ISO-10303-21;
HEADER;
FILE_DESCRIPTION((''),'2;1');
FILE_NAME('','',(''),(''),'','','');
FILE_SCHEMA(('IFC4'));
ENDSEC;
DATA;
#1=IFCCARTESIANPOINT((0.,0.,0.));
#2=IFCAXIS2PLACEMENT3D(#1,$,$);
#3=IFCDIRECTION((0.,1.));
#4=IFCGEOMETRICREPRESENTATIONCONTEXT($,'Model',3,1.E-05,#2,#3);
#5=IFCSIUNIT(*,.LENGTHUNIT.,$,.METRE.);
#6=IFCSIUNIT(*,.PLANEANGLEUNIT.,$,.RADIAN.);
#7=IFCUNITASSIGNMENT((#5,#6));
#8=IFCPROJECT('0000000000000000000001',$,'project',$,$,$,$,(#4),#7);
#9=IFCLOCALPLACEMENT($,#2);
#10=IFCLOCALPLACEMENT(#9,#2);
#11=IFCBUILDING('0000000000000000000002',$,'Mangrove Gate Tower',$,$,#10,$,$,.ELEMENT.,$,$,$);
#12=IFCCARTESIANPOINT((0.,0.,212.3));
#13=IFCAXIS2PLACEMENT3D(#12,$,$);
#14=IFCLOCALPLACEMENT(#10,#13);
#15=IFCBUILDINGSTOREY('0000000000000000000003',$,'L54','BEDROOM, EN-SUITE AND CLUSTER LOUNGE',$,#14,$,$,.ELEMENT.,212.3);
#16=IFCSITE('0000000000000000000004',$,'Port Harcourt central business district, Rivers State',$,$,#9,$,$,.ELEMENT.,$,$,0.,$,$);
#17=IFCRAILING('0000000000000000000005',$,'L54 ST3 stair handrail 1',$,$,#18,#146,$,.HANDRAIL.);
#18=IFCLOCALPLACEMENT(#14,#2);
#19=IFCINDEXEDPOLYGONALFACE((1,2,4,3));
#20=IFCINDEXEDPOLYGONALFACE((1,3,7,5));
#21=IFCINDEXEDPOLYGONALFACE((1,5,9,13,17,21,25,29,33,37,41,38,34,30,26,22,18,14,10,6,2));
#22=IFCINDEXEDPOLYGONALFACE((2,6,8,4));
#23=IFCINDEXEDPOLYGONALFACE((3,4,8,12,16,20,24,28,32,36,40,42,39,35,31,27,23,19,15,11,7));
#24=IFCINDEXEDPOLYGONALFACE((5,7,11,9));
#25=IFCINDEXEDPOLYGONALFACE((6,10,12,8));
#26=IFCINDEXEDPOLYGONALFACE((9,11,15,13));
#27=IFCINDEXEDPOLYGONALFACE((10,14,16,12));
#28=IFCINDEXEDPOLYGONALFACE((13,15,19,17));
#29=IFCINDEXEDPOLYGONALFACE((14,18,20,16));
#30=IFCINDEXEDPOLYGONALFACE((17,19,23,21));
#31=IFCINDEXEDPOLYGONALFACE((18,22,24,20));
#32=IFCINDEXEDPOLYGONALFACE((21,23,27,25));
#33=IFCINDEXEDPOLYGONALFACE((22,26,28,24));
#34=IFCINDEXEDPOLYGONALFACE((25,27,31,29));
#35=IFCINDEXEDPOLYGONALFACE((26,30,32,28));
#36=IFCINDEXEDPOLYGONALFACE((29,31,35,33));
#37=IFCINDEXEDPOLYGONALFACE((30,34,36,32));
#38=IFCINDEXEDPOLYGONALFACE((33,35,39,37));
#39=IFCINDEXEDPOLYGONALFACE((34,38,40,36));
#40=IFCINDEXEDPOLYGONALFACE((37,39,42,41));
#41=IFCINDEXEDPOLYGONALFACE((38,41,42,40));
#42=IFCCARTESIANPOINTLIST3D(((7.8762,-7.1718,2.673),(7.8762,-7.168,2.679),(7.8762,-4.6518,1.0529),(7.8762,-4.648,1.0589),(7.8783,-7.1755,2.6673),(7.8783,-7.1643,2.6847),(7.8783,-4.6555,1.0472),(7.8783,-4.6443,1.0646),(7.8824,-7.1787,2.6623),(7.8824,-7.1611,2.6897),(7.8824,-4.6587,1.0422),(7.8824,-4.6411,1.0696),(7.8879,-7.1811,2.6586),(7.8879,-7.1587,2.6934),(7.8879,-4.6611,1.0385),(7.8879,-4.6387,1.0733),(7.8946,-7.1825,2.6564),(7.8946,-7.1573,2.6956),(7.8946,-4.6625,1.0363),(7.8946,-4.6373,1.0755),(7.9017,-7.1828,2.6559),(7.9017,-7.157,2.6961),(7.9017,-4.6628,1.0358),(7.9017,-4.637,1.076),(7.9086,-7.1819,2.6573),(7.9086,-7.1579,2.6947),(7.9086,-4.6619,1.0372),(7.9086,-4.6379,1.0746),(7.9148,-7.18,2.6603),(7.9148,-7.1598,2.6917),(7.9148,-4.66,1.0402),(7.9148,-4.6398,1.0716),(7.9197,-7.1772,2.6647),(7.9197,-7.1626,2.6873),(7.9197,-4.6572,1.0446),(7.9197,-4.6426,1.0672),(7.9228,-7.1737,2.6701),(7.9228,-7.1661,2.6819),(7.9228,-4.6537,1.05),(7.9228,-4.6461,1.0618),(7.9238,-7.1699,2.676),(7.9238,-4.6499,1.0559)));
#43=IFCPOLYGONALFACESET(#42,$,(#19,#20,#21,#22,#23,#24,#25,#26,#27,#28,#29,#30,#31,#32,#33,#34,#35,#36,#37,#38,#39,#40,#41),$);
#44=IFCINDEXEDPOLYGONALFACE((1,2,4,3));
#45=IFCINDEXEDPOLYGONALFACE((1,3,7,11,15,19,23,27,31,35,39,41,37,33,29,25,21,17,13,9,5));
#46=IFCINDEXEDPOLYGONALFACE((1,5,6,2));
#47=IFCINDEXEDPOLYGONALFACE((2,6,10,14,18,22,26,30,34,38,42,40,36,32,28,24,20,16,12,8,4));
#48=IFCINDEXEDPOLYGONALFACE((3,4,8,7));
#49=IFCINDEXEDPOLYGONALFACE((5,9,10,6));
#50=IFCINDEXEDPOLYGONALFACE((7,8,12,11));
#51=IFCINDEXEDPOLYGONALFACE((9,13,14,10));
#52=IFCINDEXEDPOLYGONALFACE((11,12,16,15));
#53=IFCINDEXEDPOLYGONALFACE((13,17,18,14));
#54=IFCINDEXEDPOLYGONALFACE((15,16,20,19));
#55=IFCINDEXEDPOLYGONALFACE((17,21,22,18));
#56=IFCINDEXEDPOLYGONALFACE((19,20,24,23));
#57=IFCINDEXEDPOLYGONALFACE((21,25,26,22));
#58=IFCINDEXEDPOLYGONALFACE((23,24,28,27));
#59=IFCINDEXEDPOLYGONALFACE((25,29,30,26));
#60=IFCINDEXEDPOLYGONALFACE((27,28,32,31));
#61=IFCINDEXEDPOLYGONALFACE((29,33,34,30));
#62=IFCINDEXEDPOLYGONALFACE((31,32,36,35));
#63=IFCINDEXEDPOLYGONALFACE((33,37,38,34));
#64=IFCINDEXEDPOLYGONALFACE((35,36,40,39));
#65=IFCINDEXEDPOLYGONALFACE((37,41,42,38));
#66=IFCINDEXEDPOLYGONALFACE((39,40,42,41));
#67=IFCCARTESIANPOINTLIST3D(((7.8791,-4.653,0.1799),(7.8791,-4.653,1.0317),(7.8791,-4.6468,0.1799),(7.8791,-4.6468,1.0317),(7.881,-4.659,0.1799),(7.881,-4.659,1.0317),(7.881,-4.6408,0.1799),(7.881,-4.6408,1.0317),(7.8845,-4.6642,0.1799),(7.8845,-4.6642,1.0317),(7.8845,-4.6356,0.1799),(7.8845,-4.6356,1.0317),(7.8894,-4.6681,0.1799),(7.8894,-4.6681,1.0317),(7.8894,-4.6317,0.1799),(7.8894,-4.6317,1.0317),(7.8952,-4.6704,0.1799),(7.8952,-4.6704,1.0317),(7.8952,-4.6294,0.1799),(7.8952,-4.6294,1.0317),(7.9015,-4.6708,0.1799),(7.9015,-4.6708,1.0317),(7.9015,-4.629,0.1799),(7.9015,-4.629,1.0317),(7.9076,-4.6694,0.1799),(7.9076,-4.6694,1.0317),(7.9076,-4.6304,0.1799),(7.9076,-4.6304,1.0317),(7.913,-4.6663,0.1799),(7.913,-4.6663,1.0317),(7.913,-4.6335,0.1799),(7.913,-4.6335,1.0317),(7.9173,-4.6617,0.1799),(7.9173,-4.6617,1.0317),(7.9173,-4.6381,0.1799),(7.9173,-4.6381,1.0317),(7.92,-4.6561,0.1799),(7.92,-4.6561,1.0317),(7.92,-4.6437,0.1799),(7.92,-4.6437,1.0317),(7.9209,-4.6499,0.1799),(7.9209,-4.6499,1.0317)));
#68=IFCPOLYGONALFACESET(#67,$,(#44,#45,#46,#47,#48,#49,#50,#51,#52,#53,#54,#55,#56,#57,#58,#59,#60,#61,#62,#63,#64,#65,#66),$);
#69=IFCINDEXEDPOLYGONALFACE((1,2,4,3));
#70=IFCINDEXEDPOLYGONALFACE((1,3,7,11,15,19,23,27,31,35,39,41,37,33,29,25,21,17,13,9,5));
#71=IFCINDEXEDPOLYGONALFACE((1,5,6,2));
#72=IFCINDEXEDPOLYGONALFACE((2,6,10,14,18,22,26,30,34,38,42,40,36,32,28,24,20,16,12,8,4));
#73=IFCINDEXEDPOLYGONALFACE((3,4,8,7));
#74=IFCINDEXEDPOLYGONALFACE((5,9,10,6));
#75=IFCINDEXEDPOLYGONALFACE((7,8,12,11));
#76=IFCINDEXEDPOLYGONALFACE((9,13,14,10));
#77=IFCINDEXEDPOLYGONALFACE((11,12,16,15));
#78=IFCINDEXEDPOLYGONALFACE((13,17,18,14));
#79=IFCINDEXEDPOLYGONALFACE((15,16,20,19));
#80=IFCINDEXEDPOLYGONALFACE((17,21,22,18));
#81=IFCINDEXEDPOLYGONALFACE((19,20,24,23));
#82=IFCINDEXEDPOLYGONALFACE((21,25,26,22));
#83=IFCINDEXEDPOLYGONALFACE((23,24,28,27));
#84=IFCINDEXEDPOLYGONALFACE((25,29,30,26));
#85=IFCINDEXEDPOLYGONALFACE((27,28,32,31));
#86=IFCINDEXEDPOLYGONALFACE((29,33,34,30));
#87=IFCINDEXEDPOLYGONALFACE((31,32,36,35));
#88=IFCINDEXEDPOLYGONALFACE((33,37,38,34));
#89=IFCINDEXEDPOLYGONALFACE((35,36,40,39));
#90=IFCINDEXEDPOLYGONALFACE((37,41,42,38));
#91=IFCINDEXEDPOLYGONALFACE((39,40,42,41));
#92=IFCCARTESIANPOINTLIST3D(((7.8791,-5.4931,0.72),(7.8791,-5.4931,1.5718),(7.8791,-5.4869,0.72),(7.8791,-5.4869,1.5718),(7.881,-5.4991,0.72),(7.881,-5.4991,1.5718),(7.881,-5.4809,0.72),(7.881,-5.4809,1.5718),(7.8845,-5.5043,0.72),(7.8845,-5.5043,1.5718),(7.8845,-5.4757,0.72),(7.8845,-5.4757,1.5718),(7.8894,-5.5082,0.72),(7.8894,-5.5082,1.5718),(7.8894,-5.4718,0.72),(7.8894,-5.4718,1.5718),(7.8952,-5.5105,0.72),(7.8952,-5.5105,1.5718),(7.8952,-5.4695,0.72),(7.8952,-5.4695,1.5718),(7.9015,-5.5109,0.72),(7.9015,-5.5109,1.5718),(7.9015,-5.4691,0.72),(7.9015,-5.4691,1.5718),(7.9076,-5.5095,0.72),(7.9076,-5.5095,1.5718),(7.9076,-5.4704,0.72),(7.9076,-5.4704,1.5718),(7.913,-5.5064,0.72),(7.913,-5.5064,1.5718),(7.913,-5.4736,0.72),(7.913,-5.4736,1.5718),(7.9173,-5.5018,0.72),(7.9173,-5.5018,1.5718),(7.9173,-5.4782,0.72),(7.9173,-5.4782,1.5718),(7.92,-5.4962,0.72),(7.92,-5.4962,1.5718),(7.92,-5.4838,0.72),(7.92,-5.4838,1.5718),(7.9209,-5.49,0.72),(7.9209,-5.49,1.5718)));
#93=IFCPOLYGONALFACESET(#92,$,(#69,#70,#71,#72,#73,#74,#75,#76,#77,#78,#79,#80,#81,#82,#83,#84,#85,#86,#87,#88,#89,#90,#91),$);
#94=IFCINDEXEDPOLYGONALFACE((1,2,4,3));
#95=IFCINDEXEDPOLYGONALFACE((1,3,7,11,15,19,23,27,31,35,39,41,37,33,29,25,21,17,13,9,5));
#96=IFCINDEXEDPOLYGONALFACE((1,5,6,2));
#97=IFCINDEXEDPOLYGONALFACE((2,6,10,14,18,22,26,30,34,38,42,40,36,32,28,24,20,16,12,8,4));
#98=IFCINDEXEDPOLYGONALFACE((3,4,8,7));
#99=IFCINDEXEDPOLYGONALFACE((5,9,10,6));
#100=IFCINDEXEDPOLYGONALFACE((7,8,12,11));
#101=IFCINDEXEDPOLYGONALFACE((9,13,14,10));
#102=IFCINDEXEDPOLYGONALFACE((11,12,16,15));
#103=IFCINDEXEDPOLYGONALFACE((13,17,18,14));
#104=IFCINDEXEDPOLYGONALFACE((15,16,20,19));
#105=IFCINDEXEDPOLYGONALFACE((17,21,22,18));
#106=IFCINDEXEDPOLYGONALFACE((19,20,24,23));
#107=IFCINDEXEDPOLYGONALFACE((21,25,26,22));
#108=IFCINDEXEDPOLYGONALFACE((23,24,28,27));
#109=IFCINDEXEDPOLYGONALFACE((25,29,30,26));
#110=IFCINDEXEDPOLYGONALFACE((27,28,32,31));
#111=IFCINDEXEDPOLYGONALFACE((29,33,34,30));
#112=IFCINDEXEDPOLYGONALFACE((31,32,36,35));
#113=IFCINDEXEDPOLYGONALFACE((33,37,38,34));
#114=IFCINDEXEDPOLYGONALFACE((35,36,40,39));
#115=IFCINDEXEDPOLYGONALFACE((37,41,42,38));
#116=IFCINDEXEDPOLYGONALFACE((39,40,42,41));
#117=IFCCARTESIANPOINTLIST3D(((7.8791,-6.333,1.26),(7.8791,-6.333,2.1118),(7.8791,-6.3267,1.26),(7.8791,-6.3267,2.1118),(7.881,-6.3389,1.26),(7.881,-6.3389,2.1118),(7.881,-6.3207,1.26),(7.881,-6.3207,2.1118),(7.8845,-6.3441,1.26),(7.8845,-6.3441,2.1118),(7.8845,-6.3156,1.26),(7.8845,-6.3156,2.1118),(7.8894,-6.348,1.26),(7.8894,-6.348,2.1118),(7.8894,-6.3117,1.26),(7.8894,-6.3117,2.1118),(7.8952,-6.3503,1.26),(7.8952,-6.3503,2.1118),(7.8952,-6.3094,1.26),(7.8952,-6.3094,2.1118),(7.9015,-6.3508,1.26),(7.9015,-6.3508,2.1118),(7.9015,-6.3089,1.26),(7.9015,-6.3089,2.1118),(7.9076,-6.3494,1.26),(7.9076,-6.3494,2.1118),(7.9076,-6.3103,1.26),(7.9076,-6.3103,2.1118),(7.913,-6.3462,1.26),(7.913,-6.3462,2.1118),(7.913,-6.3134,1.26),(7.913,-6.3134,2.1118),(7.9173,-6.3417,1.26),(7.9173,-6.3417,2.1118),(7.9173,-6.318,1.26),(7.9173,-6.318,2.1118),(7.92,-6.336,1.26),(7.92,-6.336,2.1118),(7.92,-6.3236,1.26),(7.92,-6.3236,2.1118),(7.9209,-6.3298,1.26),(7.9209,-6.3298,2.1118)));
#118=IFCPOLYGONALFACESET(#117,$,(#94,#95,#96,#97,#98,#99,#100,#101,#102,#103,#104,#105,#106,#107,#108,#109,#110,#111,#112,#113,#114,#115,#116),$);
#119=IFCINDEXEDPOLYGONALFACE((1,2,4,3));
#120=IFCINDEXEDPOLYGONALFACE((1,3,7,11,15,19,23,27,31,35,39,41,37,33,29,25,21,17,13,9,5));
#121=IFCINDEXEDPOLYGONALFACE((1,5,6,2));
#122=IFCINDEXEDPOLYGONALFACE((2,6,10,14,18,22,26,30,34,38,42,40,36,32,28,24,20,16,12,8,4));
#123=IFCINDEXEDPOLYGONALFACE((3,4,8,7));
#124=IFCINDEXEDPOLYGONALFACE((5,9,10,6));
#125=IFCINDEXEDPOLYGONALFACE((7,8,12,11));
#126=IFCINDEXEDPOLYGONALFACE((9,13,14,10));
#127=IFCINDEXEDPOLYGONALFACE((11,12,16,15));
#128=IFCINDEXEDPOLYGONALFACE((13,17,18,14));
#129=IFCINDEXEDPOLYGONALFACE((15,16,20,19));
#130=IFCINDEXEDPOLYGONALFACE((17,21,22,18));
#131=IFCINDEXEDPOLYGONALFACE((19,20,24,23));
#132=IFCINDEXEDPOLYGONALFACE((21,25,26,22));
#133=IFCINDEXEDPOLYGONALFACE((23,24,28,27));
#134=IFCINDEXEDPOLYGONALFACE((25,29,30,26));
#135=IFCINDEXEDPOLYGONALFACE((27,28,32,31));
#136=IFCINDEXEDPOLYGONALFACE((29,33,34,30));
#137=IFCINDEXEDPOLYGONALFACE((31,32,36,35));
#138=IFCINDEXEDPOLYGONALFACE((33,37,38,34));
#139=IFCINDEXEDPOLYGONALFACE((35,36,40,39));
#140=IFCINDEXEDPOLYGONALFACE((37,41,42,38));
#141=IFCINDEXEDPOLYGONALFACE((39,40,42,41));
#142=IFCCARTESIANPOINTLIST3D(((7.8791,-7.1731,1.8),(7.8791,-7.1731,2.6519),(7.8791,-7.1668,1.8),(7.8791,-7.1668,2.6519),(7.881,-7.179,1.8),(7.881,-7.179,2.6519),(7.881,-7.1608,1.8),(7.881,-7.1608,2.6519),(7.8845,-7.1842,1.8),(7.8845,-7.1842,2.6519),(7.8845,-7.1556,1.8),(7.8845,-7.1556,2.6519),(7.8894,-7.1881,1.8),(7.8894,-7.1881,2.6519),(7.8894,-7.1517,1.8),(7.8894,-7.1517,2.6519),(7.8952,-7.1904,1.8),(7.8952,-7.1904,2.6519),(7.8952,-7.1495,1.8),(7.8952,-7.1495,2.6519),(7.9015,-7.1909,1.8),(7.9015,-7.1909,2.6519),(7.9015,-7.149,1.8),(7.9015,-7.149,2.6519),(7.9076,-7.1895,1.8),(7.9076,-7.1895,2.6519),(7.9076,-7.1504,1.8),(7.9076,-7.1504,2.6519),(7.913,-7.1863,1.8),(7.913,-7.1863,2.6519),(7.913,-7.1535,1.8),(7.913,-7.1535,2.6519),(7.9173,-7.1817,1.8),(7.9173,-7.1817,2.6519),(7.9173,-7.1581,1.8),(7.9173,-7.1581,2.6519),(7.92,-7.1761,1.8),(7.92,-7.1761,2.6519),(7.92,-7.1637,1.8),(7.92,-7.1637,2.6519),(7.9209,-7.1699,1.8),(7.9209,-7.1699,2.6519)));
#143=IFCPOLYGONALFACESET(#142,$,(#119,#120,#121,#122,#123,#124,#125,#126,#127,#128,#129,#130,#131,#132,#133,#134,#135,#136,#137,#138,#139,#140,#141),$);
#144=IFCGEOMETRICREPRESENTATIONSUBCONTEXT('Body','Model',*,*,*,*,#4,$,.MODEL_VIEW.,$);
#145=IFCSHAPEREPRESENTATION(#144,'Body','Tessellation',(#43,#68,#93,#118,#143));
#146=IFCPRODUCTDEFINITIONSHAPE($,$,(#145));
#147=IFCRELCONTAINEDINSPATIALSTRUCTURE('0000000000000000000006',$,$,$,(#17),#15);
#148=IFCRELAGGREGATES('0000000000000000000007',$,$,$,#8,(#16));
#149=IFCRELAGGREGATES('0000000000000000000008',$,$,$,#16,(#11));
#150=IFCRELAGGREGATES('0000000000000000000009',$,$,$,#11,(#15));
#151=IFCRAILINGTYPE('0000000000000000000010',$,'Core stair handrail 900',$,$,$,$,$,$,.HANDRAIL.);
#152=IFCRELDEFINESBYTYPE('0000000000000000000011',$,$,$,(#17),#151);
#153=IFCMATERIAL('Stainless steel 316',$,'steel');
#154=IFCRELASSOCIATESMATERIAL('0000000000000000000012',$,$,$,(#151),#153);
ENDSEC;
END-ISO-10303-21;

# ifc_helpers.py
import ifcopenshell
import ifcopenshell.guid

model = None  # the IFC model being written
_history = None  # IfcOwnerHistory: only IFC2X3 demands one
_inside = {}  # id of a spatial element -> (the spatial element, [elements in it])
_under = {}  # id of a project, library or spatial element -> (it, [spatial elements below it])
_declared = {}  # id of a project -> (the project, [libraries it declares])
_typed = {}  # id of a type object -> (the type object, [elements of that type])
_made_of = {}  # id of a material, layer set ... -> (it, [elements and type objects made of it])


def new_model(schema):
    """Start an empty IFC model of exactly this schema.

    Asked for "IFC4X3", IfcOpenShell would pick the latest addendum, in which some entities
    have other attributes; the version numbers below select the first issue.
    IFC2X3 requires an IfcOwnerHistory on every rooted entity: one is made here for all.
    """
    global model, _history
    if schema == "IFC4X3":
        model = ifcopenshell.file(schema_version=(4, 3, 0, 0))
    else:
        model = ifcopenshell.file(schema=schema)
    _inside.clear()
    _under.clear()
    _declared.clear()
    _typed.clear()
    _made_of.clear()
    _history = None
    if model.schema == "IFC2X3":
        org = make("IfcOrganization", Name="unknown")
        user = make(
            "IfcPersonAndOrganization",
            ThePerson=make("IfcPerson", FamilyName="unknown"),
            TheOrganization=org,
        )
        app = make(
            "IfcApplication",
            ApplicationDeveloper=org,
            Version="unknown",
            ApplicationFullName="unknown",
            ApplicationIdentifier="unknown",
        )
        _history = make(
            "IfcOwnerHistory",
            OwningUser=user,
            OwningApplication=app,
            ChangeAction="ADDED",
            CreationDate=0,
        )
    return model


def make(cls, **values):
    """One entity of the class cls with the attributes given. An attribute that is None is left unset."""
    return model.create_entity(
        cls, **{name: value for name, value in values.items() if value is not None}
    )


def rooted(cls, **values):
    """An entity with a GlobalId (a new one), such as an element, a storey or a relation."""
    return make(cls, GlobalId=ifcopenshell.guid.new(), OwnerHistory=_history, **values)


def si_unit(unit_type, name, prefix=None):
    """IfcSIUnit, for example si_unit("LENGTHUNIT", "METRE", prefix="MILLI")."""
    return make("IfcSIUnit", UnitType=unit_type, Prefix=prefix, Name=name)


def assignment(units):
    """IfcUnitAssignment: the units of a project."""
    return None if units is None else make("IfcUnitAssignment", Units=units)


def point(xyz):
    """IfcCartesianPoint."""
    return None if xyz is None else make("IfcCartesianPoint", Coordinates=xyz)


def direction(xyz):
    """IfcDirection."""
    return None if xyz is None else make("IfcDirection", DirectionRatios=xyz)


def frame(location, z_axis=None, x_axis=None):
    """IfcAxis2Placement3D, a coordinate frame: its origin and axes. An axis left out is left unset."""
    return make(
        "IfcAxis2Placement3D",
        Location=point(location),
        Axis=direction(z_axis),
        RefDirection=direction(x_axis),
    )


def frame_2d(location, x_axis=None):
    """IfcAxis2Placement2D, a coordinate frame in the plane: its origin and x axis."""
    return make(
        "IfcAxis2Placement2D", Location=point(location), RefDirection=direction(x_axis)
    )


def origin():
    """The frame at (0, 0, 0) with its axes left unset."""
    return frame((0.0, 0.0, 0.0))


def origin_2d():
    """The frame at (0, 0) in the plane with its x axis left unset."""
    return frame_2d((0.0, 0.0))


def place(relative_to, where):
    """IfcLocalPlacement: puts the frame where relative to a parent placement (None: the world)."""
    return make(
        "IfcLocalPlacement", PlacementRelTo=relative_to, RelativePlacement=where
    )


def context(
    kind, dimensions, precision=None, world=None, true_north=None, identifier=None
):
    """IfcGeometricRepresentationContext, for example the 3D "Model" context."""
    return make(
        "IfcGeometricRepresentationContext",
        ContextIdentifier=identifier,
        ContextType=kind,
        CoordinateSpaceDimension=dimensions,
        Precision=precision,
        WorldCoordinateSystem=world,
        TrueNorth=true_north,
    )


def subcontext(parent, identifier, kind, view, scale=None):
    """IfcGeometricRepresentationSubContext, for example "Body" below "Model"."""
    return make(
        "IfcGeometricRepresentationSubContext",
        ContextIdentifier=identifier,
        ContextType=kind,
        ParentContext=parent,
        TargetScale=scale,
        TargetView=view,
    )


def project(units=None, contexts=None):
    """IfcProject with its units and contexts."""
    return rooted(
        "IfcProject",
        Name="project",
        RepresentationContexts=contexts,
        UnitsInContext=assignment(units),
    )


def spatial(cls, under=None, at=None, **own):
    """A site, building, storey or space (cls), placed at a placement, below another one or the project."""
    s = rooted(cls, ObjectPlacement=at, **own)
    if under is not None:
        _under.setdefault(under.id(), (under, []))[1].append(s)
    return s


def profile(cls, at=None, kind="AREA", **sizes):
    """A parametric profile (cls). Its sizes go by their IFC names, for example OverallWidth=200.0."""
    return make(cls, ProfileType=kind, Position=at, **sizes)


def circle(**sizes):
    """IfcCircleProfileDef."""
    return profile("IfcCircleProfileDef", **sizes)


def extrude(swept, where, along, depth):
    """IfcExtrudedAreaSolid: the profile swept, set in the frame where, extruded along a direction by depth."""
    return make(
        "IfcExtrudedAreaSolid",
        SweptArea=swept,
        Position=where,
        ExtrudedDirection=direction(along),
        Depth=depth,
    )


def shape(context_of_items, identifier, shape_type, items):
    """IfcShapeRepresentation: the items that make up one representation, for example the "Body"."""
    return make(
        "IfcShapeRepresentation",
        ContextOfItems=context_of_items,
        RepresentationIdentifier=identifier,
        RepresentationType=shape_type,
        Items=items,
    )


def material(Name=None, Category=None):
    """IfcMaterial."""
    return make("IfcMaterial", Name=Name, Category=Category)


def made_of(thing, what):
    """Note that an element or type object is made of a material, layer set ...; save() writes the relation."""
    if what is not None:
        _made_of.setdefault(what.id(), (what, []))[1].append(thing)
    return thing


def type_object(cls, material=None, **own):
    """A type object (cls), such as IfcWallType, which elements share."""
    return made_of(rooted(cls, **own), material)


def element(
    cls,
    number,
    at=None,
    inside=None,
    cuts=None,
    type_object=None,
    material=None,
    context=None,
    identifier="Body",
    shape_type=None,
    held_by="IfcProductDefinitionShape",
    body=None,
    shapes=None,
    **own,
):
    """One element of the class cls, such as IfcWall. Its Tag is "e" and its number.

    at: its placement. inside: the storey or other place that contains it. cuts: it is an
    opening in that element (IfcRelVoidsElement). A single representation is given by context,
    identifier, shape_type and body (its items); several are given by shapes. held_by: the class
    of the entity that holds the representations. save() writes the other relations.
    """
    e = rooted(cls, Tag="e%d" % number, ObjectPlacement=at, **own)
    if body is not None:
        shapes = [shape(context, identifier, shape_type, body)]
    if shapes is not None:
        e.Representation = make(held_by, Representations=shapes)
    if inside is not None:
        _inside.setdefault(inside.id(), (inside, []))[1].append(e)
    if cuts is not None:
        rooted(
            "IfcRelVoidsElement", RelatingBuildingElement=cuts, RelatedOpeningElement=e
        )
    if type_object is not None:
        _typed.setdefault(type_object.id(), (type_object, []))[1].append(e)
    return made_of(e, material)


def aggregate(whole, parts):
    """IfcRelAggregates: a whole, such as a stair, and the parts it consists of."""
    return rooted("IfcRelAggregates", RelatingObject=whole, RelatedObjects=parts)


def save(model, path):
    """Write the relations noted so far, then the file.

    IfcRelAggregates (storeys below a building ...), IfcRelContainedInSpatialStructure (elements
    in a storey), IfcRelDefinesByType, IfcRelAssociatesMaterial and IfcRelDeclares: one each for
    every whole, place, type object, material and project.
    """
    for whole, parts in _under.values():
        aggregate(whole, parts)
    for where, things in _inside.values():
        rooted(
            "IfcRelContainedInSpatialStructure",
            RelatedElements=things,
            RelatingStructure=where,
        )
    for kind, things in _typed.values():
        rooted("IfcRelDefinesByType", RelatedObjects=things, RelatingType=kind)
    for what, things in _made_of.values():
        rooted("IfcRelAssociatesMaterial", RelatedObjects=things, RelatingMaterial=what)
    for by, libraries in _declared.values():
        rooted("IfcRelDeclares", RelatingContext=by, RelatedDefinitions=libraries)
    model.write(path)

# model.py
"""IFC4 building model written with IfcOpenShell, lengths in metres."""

from ifc_helpers import new_model, si_unit, direction, frame, origin, origin_2d, place, context, subcontext, project, spatial, circle, extrude, material, type_object, element, save


model = new_model("IFC4")

# Units and contexts
model_context = context("Model", 3, precision=1e-05, world=origin(), true_north=direction((0.0, 1.0)))
body_context = subcontext(model_context, "Body", "Model", "MODEL_VIEW")
ifc_project = project(units=[si_unit("LENGTHUNIT", "METRE"), si_unit("PLANEANGLEUNIT", "RADIAN")], contexts=[model_context])

# Site, building, storey
site_placement = place(None, origin())
site = spatial("IfcSite", under=ifc_project, at=site_placement, Name="Port Harcourt central business district, Rivers State", CompositionType="ELEMENT", RefElevation=0.0)
building_placement = place(site_placement, origin())
building = spatial("IfcBuilding", under=site, at=building_placement, Name="Mangrove Gate Tower", CompositionType="ELEMENT")
storey_placement = place(building_placement, frame((0.0, 0.0, 212.3)))
storey = spatial("IfcBuildingStorey", under=building, at=storey_placement, Name="L54", Description="BEDROOM, EN-SUITE AND CLUSTER LOUNGE", CompositionType="ELEMENT", Elevation=212.3)

# Railing
ifc_material_1 = material(Name="Stainless steel 316", Category="steel")
railing_type_1 = type_object("IfcRailingType", Name="Core stair handrail 900", PredefinedType="HANDRAIL", material=ifc_material_1)
railing_1_placement = place(storey_placement, frame((7.8999, -4.6499, 0.1799)))
element("IfcRailing", 1, at=railing_1_placement, inside=storey, type_object=railing_type_1, Name="L54 ST3 stair handrail 1", PredefinedType="HANDRAIL", context=body_context, shape_type="SweptSolid", body=[
    extrude(circle(Radius=0.0239, at=origin_2d()), frame((0.0, 0.0, 0.876), z_axis=(0.0, -0.841163, 0.540782), x_axis=(1.0, 0.0, 0.0)), (0.0, 0.0, 1.0), 2.9958),
    extrude(circle(Radius=0.021, at=origin_2d()), origin(), (0.0, 0.0, 1.0), 0.8518),
    extrude(circle(Radius=0.021, at=origin_2d()), frame((0.0, -0.8401, 0.54)), (0.0, 0.0, 1.0), 0.8518),
    extrude(circle(Radius=0.021, at=origin_2d()), frame((0.0, -1.6799, 1.0801)), (0.0, 0.0, 1.0), 0.8518),
    extrude(circle(Radius=0.021, at=origin_2d()), frame((0.0, -2.52, 1.6201)), (0.0, 0.0, 1.0), 0.8518),
])

save(model, "model.ifc")
